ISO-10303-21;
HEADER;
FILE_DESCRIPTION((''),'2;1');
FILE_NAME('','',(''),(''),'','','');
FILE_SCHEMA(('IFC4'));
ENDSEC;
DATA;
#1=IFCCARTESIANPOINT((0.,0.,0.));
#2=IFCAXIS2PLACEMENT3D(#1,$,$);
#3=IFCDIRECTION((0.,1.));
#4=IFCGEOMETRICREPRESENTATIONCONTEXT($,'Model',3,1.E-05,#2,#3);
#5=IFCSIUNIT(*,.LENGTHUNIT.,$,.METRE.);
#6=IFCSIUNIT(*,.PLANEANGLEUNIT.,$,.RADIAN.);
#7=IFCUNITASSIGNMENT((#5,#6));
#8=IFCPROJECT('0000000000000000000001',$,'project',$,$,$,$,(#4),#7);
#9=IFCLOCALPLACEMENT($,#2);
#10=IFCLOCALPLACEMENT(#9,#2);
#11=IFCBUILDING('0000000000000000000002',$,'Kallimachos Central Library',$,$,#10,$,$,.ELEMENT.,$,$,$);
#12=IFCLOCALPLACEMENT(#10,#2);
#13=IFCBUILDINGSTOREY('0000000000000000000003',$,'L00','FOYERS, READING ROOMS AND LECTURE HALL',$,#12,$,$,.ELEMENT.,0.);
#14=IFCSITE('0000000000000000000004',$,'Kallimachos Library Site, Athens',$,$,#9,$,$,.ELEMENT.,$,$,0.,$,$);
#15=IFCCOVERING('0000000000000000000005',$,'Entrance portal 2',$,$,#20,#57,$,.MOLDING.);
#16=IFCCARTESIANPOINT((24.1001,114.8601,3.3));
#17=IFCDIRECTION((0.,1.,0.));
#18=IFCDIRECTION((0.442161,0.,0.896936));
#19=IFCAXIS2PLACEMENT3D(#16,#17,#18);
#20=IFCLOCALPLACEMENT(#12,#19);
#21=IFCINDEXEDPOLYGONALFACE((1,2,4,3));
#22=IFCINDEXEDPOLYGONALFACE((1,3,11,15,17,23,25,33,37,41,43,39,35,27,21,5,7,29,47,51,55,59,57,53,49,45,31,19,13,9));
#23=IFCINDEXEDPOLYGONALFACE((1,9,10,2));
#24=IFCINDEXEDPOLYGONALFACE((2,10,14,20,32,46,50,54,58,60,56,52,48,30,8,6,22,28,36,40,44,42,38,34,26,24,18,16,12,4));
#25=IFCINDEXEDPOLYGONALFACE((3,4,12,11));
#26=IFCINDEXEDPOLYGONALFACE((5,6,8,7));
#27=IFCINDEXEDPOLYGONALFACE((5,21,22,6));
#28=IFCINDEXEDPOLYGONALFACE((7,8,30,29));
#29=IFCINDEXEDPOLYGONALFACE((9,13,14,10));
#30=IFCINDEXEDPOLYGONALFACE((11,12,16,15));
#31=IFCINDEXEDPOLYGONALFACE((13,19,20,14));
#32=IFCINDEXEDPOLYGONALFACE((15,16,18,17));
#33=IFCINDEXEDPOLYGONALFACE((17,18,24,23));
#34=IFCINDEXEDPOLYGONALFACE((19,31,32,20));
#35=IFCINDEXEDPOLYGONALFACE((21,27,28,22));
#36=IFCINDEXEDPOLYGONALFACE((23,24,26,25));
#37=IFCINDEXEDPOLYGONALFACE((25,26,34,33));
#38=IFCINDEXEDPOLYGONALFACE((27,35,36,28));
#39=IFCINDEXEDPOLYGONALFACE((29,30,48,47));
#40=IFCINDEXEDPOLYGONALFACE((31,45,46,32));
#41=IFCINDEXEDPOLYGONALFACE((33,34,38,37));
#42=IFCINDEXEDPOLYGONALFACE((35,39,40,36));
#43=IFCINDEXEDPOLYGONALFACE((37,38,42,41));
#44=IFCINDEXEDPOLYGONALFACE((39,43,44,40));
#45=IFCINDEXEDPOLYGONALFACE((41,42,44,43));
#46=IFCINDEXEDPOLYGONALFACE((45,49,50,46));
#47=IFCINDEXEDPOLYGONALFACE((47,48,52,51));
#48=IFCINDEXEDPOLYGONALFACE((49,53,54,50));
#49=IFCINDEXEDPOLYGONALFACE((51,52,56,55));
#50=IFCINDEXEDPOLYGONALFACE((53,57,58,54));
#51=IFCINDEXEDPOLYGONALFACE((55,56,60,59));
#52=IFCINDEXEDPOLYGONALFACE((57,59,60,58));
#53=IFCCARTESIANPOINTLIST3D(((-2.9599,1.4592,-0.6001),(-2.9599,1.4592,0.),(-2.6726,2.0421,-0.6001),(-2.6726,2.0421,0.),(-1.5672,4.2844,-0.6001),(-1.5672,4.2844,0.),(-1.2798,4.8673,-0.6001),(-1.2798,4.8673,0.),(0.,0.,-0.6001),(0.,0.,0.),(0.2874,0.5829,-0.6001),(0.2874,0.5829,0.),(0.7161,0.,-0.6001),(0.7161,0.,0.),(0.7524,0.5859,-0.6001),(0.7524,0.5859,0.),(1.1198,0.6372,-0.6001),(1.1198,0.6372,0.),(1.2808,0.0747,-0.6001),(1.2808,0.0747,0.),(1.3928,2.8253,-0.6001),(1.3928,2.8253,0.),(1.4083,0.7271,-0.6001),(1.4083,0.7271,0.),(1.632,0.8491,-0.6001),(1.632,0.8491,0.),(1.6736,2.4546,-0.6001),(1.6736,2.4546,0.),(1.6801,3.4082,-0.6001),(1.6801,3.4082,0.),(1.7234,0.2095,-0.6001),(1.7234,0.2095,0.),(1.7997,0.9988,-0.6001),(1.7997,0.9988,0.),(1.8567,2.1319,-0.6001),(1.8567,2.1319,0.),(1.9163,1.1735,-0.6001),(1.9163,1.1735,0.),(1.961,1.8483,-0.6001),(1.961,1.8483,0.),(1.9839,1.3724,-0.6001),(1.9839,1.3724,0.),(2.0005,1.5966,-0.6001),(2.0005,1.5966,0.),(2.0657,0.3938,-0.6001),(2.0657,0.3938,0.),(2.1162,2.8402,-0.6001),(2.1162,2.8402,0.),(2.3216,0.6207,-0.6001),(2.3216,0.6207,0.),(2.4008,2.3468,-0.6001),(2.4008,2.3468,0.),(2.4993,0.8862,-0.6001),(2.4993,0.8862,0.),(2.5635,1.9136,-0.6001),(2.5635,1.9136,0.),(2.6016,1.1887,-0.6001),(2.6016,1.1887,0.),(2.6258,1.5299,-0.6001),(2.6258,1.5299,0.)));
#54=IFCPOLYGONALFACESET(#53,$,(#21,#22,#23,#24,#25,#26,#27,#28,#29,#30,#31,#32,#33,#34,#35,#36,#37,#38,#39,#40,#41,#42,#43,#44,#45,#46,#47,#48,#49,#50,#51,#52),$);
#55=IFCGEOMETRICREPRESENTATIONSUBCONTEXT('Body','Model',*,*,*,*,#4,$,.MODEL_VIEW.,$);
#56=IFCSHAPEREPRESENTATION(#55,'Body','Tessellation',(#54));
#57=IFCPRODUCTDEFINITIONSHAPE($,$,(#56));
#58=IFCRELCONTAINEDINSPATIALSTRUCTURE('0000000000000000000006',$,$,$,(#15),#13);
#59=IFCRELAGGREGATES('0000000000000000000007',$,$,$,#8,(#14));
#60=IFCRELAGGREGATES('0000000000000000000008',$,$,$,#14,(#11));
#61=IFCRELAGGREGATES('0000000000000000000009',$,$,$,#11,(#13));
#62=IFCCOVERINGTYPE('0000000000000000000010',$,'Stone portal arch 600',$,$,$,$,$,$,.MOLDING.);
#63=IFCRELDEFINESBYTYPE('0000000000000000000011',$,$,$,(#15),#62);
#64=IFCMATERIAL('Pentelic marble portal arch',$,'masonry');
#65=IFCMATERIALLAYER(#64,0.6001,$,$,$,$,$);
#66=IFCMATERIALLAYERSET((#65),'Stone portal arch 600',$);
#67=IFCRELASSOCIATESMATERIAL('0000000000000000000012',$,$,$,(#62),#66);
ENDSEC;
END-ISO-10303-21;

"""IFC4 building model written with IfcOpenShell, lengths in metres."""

from ifc_helpers import new_model, si_unit, direction, frame, origin, place, context, subcontext, project, spatial, polyline, outline, extrude, material, layer, layer_set, type_object, element, save


model = new_model("IFC4")

# Units and contexts
model_context = context("Model", 3, precision=1e-05, world=origin(), true_north=direction((0.0, 1.0)))
body_context = subcontext(model_context, "Body", "Model", "MODEL_VIEW")
ifc_project = project(units=[si_unit("LENGTHUNIT", "METRE"), si_unit("PLANEANGLEUNIT", "RADIAN")], contexts=[model_context])

# Site, building, storey
site_placement = place(None, origin())
site = spatial("IfcSite", under=ifc_project, at=site_placement, Name="Kallimachos Library Site, Athens", CompositionType="ELEMENT", RefElevation=0.0)
building_placement = place(site_placement, origin())
building = spatial("IfcBuilding", under=site, at=building_placement, Name="Kallimachos Central Library", CompositionType="ELEMENT")
storey_placement = place(building_placement, origin())
storey = spatial("IfcBuildingStorey", under=building, at=storey_placement, Name="L00", Description="FOYERS, READING ROOMS AND LECTURE HALL", CompositionType="ELEMENT", Elevation=0.0)

# Covering
ifc_material_1 = material(Name="Pentelic marble portal arch", Category="masonry")
ifc_layer_1 = layer(ifc_material_1, 0.6001)
ifc_layer_set_1 = layer_set([ifc_layer_1], Name="Stone portal arch 600")
covering_type_1 = type_object("IfcCoveringType", Name="Stone portal arch 600", PredefinedType="MOLDING", material=ifc_layer_set_1)
covering_1_placement = place(storey_placement, frame((24.1001, 114.8601, 3.3), z_axis=(0.0, 1.0, 0.0), x_axis=(0.442161, 0.0, 0.896936)))
element("IfcCovering", 1, at=covering_1_placement, inside=storey, type_object=covering_type_1, Name="Entrance portal 2", PredefinedType="MOLDING", context=body_context, shape_type="SweptSolid", body=[
    extrude(outline(polyline([(0.0, 0.0), (0.7161, 0.0), (1.2808, 0.0747), (1.7234, 0.2095), (2.0657, 0.3938), (2.3216, 0.6207), (2.4993, 0.8862), (2.6016, 1.1887), (2.6258, 1.5299), (2.5635, 1.9136), (2.4008, 2.3468), (2.1162, 2.8402), (1.6801, 3.4082), (-1.2798, 4.8673), (-1.5672, 4.2844), (1.3928, 2.8253), (1.6736, 2.4546), (1.8567, 2.1319), (1.961, 1.8483), (2.0005, 1.5966), (1.9839, 1.3724), (1.9163, 1.1735), (1.7997, 0.9988), (1.632, 0.8491), (1.4083, 0.7271), (1.1198, 0.6372), (0.7524, 0.5859), (0.2874, 0.5829), (-2.6726, 2.0421), (-2.9599, 1.4592), (0.0, 0.0)])), origin(), (0.0, 0.0, -1.0), 0.6001),
])

save(model, "model.ifc")
